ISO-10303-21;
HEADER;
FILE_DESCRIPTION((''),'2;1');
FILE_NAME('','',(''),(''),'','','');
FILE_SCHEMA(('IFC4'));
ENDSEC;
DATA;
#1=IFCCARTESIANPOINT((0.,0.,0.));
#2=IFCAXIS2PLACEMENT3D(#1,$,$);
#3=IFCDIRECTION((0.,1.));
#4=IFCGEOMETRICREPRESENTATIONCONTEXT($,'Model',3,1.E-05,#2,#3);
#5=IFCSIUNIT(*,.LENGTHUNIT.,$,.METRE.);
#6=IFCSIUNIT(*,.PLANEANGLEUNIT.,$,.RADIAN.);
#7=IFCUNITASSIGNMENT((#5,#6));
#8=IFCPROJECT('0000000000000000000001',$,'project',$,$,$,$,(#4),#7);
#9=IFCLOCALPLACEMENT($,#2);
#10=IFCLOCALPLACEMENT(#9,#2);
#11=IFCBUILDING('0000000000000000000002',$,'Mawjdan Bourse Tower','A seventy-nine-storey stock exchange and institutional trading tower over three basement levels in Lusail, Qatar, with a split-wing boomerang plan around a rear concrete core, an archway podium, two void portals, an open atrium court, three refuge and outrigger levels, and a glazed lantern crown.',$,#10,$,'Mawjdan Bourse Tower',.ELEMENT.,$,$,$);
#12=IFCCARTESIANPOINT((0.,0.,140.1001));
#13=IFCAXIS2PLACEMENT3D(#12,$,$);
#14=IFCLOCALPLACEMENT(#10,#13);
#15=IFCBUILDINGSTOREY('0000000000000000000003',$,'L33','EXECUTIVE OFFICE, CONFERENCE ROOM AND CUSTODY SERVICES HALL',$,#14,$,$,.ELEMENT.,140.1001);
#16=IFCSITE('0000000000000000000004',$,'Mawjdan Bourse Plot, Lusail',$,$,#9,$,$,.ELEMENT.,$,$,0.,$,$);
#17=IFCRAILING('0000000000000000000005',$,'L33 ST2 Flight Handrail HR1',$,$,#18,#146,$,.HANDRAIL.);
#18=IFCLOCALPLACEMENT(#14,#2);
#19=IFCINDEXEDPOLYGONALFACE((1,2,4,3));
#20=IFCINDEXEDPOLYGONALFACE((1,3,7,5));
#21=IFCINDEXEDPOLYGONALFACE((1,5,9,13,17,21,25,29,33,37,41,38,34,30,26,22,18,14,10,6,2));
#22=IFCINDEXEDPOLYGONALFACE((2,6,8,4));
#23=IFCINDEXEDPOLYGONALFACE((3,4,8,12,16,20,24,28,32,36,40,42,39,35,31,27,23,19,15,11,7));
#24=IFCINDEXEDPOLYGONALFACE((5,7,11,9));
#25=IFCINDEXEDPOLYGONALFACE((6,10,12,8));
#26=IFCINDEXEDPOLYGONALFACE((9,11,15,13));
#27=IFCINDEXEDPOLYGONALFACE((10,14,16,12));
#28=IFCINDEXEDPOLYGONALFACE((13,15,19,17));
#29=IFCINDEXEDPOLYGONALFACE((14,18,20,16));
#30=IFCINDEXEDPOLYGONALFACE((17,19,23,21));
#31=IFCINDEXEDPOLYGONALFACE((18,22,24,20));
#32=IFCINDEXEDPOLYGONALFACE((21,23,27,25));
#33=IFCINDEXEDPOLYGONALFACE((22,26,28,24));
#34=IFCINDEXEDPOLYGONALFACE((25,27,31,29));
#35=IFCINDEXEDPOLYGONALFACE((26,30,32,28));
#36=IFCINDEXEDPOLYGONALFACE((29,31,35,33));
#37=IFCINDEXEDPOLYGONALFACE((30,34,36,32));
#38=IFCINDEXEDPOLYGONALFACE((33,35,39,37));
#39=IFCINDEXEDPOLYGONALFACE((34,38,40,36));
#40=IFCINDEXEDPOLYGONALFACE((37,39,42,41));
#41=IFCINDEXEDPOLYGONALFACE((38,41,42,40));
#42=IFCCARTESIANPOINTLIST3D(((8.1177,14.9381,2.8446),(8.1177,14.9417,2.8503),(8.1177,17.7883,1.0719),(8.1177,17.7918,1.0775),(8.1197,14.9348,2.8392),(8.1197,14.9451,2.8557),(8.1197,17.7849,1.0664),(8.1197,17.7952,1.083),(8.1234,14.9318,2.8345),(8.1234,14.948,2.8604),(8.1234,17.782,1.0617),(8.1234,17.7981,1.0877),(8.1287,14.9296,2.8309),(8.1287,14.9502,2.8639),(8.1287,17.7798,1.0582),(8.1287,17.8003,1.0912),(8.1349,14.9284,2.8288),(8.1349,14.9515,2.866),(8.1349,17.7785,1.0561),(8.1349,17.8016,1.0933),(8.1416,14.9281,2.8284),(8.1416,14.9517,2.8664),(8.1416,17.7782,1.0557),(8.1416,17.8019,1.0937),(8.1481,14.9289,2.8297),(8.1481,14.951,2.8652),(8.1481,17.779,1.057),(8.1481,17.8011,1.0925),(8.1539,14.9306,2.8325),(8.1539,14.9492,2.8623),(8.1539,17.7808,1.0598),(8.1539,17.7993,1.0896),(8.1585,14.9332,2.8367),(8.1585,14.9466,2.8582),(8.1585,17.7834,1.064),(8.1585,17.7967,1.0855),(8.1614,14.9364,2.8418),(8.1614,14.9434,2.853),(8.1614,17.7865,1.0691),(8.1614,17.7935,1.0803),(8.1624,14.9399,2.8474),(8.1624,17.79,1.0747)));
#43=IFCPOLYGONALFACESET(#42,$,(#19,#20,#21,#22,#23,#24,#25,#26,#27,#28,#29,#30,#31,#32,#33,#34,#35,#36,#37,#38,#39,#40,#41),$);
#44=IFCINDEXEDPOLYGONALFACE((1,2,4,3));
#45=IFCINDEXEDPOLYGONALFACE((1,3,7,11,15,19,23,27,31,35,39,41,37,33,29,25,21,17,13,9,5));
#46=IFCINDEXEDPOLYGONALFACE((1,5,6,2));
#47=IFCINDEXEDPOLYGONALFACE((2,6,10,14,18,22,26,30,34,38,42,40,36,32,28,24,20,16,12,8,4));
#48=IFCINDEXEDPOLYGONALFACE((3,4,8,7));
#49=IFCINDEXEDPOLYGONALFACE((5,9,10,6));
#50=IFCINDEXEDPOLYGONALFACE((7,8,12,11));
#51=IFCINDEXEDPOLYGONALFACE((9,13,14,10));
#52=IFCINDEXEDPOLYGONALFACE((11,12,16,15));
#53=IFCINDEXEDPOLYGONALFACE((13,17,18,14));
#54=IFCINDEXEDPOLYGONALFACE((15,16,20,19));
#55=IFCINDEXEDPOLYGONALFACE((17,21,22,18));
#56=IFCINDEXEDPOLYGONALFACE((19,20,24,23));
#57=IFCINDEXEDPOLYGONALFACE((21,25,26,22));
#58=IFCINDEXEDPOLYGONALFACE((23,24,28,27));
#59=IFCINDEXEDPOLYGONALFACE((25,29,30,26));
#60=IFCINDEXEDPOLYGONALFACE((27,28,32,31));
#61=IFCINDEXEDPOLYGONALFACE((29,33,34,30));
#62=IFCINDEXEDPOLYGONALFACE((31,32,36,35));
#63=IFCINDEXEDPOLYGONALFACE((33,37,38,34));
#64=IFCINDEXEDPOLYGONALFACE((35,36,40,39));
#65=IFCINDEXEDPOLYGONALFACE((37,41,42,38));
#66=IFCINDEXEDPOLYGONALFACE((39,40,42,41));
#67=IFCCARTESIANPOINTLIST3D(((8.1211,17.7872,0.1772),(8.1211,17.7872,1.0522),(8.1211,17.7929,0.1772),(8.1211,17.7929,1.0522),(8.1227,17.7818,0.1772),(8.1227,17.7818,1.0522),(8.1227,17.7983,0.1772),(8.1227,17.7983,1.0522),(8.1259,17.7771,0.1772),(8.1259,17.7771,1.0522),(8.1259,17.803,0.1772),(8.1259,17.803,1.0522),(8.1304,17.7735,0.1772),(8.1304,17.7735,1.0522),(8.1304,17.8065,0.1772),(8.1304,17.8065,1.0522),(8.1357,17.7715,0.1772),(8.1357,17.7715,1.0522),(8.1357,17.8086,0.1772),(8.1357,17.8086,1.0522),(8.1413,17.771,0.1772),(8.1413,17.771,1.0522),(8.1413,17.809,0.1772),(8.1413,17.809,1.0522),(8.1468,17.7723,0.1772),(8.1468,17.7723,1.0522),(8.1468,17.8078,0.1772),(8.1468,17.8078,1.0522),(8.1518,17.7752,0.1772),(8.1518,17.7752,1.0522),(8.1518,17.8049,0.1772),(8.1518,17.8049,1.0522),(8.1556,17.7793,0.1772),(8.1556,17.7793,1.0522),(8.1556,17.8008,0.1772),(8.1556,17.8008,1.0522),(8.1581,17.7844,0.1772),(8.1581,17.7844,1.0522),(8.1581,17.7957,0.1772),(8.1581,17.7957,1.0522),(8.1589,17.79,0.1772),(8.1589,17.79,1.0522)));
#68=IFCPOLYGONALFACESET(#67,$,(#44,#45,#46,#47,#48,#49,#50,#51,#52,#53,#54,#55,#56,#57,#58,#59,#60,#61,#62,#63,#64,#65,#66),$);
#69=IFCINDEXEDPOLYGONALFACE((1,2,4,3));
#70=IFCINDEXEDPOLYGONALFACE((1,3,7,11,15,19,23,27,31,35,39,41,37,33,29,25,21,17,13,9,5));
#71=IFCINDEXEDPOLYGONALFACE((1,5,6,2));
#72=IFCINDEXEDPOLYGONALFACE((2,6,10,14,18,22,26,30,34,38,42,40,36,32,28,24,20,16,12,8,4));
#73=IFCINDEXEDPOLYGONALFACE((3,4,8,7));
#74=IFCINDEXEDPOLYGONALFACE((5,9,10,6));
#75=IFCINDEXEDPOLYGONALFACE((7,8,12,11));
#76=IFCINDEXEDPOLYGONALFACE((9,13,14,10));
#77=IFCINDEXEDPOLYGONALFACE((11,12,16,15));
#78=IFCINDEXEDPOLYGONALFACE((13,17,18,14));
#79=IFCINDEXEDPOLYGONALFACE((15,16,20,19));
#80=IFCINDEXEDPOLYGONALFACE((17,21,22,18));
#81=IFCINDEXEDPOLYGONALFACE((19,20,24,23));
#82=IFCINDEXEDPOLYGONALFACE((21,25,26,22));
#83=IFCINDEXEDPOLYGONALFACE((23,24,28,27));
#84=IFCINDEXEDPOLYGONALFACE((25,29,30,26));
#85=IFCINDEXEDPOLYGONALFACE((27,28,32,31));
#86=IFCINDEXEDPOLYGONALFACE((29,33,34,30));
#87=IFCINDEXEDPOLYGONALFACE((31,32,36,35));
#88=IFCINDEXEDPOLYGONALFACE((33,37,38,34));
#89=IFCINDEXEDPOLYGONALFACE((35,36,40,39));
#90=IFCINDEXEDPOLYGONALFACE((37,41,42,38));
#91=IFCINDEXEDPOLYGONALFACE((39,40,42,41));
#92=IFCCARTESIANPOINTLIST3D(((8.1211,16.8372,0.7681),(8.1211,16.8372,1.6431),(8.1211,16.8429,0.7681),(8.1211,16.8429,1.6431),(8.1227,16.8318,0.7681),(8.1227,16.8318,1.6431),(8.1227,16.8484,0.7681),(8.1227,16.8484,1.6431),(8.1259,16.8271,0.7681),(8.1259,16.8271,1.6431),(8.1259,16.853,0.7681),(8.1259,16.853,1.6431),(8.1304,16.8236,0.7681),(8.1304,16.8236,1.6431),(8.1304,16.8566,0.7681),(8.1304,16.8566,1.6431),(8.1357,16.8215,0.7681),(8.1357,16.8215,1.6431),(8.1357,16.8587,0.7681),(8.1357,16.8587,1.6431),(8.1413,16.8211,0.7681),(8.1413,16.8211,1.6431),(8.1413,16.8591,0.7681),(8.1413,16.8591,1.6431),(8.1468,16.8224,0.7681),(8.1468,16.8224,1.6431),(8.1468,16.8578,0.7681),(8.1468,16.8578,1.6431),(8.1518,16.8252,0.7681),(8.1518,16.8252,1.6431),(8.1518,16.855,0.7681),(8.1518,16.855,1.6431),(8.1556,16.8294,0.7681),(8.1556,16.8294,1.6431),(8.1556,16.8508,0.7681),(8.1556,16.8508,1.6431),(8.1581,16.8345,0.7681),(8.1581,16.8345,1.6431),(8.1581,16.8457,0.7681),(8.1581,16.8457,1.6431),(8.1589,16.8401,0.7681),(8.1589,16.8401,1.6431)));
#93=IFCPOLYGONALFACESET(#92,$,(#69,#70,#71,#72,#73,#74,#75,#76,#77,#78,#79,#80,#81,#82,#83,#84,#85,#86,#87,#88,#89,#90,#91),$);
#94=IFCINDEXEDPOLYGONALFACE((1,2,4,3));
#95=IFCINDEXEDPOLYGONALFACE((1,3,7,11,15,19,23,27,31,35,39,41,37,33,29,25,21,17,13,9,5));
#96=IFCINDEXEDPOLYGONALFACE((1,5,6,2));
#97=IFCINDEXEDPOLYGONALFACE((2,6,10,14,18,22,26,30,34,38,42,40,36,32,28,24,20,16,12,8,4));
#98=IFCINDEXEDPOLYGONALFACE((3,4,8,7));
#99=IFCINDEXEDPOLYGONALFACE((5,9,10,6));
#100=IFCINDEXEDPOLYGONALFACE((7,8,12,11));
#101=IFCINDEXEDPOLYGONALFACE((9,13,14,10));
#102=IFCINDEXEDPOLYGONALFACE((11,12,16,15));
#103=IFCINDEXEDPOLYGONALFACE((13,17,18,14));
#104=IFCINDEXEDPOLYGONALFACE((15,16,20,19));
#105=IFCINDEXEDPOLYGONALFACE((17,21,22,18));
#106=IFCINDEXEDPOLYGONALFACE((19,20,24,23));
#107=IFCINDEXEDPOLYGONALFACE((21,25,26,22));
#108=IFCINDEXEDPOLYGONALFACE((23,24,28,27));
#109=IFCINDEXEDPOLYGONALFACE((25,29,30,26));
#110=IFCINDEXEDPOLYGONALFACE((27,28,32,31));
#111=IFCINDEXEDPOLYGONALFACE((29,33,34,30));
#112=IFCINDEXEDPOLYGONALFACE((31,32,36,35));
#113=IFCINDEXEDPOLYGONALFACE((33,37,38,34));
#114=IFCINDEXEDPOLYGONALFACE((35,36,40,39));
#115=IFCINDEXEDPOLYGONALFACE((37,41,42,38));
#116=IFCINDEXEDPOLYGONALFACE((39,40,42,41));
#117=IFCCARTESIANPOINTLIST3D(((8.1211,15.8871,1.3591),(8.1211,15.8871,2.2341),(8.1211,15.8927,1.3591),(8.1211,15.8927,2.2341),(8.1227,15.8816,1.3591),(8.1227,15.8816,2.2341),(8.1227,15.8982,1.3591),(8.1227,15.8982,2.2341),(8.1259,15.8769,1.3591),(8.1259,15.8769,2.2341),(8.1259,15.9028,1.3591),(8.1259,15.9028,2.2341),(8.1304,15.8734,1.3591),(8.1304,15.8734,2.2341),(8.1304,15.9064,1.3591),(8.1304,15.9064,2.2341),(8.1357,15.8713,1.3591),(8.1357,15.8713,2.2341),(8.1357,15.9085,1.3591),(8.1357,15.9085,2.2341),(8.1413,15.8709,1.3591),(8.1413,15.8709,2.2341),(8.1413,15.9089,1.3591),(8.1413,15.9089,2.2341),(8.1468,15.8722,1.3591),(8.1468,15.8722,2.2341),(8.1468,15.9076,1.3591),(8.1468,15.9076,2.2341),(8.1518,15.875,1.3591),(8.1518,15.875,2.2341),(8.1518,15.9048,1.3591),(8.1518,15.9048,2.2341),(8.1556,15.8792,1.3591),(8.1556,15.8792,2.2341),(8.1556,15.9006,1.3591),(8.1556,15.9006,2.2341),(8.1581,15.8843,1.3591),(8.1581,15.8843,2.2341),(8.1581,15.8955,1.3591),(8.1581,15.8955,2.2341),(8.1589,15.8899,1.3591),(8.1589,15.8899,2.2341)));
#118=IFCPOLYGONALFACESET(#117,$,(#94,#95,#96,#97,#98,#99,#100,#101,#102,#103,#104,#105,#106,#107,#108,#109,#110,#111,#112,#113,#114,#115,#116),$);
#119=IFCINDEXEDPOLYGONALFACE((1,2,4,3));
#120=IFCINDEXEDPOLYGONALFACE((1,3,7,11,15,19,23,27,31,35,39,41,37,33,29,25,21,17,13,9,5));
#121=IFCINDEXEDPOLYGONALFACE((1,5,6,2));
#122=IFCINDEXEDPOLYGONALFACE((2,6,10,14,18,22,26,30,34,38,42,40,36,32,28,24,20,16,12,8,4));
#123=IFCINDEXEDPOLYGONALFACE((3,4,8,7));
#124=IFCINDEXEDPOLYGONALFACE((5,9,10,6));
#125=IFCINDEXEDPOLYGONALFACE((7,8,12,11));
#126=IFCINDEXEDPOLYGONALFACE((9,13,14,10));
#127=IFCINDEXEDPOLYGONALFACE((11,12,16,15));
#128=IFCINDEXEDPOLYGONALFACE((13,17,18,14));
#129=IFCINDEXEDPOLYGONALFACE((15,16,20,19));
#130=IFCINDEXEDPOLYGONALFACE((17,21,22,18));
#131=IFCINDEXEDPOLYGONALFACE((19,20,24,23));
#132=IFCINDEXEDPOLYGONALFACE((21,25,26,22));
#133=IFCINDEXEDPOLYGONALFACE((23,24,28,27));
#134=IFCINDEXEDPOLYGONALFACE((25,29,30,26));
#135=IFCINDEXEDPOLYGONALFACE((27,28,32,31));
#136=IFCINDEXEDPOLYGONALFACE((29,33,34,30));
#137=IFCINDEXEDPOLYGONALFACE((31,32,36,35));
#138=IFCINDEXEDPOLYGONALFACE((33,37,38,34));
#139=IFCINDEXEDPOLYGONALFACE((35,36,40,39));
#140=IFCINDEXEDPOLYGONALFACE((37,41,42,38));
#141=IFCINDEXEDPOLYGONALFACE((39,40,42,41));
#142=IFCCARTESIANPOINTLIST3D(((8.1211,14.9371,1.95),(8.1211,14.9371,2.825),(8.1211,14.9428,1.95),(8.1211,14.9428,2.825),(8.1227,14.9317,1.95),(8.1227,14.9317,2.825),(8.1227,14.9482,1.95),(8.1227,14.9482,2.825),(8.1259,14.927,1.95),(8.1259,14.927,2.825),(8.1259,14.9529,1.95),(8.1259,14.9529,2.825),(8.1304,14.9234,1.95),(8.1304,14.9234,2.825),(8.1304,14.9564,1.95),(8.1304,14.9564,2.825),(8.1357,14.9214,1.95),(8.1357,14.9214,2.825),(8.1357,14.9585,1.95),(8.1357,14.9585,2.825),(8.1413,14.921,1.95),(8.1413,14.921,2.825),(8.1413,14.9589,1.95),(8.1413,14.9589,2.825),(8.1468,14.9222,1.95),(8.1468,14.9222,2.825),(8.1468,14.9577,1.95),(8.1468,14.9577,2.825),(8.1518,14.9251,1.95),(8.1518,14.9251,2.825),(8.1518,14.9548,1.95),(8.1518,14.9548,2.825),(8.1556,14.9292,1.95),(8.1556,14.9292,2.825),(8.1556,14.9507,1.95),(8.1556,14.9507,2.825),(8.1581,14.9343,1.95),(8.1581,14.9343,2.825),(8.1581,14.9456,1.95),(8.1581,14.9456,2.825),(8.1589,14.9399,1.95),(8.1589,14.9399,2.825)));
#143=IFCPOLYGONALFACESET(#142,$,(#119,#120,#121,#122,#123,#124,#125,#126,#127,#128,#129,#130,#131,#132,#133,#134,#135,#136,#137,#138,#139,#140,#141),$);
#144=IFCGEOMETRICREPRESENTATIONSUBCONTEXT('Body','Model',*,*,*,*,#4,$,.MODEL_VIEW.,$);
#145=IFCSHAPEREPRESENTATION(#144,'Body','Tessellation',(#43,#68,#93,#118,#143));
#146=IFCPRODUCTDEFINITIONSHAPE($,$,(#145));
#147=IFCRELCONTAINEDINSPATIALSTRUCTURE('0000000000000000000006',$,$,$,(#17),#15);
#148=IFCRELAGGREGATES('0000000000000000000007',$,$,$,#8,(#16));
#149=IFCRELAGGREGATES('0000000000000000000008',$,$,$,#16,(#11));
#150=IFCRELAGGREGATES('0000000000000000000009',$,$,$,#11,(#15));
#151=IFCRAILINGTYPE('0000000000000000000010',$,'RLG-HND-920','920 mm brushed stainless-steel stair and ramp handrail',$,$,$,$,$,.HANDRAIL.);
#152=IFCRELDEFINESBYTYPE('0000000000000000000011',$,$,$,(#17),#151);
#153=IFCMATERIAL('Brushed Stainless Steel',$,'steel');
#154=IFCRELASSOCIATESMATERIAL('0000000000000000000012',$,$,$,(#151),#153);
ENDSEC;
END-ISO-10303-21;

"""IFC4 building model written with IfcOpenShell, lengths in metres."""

from ifc_helpers import new_model, si_unit, direction, frame, origin, origin_2d, place, context, subcontext, project, spatial, circle, extrude, material, type_object, element, save


model = new_model("IFC4")

# Units and contexts
model_context = context("Model", 3, precision=1e-05, world=origin(), true_north=direction((0.0, 1.0)))
body_context = subcontext(model_context, "Body", "Model", "MODEL_VIEW")
ifc_project = project(units=[si_unit("LENGTHUNIT", "METRE"), si_unit("PLANEANGLEUNIT", "RADIAN")], contexts=[model_context])

# Site, building, storey
site_placement = place(None, origin())
site = spatial("IfcSite", under=ifc_project, at=site_placement, Name="Mawjdan Bourse Plot, Lusail", CompositionType="ELEMENT", RefElevation=0.0)
building_placement = place(site_placement, origin())
building = spatial("IfcBuilding", under=site, at=building_placement, Name="Mawjdan Bourse Tower", Description="A seventy-nine-storey stock exchange and institutional trading tower over three basement levels in Lusail, Qatar, with a split-wing boomerang plan around a rear concrete core, an archway podium, two void portals, an open atrium court, three refuge and outrigger levels, and a glazed lantern crown.", LongName="Mawjdan Bourse Tower", CompositionType="ELEMENT")
storey_placement = place(building_placement, frame((0.0, 0.0, 140.1001)))
storey = spatial("IfcBuildingStorey", under=building, at=storey_placement, Name="L33", Description="EXECUTIVE OFFICE, CONFERENCE ROOM AND CUSTODY SERVICES HALL", CompositionType="ELEMENT", Elevation=140.1001)

# Railing
ifc_material_1 = material(Name="Brushed Stainless Steel", Category="steel")
railing_type_1 = type_object("IfcRailingType", Name="RLG-HND-920", Description="920 mm brushed stainless-steel stair and ramp handrail", PredefinedType="HANDRAIL", material=ifc_material_1)
railing_1_placement = place(storey_placement, frame((8.1399, 17.79, 0.1772)))
element("IfcRailing", 1, at=railing_1_placement, inside=storey, type_object=railing_type_1, Name="L33 ST2 Flight Handrail HR1", PredefinedType="HANDRAIL", context=body_context, shape_type="SweptSolid", body=[
    extrude(circle(Radius=0.0225, at=origin_2d()), frame((0.0, 0.0, 0.8975), z_axis=(0.0, -0.849149, 0.528154), x_axis=(1.0, 0.0, 0.0)), (0.0, 0.0, 1.0), 3.3564),
    extrude(circle(Radius=0.019, at=origin_2d()), origin(), (0.0, 0.0, 1.0), 0.875),
    extrude(circle(Radius=0.019, at=origin_2d()), frame((0.0, -0.95, 0.5908)), (0.0, 0.0, 1.0), 0.875),
    extrude(circle(Radius=0.019, at=origin_2d()), frame((0.0, -1.9001, 1.1819)), (0.0, 0.0, 1.0), 0.875),
    extrude(circle(Radius=0.019, at=origin_2d()), frame((0.0, -2.8501, 1.7727)), (0.0, 0.0, 1.0), 0.875),
])

save(model, "model.ifc")
